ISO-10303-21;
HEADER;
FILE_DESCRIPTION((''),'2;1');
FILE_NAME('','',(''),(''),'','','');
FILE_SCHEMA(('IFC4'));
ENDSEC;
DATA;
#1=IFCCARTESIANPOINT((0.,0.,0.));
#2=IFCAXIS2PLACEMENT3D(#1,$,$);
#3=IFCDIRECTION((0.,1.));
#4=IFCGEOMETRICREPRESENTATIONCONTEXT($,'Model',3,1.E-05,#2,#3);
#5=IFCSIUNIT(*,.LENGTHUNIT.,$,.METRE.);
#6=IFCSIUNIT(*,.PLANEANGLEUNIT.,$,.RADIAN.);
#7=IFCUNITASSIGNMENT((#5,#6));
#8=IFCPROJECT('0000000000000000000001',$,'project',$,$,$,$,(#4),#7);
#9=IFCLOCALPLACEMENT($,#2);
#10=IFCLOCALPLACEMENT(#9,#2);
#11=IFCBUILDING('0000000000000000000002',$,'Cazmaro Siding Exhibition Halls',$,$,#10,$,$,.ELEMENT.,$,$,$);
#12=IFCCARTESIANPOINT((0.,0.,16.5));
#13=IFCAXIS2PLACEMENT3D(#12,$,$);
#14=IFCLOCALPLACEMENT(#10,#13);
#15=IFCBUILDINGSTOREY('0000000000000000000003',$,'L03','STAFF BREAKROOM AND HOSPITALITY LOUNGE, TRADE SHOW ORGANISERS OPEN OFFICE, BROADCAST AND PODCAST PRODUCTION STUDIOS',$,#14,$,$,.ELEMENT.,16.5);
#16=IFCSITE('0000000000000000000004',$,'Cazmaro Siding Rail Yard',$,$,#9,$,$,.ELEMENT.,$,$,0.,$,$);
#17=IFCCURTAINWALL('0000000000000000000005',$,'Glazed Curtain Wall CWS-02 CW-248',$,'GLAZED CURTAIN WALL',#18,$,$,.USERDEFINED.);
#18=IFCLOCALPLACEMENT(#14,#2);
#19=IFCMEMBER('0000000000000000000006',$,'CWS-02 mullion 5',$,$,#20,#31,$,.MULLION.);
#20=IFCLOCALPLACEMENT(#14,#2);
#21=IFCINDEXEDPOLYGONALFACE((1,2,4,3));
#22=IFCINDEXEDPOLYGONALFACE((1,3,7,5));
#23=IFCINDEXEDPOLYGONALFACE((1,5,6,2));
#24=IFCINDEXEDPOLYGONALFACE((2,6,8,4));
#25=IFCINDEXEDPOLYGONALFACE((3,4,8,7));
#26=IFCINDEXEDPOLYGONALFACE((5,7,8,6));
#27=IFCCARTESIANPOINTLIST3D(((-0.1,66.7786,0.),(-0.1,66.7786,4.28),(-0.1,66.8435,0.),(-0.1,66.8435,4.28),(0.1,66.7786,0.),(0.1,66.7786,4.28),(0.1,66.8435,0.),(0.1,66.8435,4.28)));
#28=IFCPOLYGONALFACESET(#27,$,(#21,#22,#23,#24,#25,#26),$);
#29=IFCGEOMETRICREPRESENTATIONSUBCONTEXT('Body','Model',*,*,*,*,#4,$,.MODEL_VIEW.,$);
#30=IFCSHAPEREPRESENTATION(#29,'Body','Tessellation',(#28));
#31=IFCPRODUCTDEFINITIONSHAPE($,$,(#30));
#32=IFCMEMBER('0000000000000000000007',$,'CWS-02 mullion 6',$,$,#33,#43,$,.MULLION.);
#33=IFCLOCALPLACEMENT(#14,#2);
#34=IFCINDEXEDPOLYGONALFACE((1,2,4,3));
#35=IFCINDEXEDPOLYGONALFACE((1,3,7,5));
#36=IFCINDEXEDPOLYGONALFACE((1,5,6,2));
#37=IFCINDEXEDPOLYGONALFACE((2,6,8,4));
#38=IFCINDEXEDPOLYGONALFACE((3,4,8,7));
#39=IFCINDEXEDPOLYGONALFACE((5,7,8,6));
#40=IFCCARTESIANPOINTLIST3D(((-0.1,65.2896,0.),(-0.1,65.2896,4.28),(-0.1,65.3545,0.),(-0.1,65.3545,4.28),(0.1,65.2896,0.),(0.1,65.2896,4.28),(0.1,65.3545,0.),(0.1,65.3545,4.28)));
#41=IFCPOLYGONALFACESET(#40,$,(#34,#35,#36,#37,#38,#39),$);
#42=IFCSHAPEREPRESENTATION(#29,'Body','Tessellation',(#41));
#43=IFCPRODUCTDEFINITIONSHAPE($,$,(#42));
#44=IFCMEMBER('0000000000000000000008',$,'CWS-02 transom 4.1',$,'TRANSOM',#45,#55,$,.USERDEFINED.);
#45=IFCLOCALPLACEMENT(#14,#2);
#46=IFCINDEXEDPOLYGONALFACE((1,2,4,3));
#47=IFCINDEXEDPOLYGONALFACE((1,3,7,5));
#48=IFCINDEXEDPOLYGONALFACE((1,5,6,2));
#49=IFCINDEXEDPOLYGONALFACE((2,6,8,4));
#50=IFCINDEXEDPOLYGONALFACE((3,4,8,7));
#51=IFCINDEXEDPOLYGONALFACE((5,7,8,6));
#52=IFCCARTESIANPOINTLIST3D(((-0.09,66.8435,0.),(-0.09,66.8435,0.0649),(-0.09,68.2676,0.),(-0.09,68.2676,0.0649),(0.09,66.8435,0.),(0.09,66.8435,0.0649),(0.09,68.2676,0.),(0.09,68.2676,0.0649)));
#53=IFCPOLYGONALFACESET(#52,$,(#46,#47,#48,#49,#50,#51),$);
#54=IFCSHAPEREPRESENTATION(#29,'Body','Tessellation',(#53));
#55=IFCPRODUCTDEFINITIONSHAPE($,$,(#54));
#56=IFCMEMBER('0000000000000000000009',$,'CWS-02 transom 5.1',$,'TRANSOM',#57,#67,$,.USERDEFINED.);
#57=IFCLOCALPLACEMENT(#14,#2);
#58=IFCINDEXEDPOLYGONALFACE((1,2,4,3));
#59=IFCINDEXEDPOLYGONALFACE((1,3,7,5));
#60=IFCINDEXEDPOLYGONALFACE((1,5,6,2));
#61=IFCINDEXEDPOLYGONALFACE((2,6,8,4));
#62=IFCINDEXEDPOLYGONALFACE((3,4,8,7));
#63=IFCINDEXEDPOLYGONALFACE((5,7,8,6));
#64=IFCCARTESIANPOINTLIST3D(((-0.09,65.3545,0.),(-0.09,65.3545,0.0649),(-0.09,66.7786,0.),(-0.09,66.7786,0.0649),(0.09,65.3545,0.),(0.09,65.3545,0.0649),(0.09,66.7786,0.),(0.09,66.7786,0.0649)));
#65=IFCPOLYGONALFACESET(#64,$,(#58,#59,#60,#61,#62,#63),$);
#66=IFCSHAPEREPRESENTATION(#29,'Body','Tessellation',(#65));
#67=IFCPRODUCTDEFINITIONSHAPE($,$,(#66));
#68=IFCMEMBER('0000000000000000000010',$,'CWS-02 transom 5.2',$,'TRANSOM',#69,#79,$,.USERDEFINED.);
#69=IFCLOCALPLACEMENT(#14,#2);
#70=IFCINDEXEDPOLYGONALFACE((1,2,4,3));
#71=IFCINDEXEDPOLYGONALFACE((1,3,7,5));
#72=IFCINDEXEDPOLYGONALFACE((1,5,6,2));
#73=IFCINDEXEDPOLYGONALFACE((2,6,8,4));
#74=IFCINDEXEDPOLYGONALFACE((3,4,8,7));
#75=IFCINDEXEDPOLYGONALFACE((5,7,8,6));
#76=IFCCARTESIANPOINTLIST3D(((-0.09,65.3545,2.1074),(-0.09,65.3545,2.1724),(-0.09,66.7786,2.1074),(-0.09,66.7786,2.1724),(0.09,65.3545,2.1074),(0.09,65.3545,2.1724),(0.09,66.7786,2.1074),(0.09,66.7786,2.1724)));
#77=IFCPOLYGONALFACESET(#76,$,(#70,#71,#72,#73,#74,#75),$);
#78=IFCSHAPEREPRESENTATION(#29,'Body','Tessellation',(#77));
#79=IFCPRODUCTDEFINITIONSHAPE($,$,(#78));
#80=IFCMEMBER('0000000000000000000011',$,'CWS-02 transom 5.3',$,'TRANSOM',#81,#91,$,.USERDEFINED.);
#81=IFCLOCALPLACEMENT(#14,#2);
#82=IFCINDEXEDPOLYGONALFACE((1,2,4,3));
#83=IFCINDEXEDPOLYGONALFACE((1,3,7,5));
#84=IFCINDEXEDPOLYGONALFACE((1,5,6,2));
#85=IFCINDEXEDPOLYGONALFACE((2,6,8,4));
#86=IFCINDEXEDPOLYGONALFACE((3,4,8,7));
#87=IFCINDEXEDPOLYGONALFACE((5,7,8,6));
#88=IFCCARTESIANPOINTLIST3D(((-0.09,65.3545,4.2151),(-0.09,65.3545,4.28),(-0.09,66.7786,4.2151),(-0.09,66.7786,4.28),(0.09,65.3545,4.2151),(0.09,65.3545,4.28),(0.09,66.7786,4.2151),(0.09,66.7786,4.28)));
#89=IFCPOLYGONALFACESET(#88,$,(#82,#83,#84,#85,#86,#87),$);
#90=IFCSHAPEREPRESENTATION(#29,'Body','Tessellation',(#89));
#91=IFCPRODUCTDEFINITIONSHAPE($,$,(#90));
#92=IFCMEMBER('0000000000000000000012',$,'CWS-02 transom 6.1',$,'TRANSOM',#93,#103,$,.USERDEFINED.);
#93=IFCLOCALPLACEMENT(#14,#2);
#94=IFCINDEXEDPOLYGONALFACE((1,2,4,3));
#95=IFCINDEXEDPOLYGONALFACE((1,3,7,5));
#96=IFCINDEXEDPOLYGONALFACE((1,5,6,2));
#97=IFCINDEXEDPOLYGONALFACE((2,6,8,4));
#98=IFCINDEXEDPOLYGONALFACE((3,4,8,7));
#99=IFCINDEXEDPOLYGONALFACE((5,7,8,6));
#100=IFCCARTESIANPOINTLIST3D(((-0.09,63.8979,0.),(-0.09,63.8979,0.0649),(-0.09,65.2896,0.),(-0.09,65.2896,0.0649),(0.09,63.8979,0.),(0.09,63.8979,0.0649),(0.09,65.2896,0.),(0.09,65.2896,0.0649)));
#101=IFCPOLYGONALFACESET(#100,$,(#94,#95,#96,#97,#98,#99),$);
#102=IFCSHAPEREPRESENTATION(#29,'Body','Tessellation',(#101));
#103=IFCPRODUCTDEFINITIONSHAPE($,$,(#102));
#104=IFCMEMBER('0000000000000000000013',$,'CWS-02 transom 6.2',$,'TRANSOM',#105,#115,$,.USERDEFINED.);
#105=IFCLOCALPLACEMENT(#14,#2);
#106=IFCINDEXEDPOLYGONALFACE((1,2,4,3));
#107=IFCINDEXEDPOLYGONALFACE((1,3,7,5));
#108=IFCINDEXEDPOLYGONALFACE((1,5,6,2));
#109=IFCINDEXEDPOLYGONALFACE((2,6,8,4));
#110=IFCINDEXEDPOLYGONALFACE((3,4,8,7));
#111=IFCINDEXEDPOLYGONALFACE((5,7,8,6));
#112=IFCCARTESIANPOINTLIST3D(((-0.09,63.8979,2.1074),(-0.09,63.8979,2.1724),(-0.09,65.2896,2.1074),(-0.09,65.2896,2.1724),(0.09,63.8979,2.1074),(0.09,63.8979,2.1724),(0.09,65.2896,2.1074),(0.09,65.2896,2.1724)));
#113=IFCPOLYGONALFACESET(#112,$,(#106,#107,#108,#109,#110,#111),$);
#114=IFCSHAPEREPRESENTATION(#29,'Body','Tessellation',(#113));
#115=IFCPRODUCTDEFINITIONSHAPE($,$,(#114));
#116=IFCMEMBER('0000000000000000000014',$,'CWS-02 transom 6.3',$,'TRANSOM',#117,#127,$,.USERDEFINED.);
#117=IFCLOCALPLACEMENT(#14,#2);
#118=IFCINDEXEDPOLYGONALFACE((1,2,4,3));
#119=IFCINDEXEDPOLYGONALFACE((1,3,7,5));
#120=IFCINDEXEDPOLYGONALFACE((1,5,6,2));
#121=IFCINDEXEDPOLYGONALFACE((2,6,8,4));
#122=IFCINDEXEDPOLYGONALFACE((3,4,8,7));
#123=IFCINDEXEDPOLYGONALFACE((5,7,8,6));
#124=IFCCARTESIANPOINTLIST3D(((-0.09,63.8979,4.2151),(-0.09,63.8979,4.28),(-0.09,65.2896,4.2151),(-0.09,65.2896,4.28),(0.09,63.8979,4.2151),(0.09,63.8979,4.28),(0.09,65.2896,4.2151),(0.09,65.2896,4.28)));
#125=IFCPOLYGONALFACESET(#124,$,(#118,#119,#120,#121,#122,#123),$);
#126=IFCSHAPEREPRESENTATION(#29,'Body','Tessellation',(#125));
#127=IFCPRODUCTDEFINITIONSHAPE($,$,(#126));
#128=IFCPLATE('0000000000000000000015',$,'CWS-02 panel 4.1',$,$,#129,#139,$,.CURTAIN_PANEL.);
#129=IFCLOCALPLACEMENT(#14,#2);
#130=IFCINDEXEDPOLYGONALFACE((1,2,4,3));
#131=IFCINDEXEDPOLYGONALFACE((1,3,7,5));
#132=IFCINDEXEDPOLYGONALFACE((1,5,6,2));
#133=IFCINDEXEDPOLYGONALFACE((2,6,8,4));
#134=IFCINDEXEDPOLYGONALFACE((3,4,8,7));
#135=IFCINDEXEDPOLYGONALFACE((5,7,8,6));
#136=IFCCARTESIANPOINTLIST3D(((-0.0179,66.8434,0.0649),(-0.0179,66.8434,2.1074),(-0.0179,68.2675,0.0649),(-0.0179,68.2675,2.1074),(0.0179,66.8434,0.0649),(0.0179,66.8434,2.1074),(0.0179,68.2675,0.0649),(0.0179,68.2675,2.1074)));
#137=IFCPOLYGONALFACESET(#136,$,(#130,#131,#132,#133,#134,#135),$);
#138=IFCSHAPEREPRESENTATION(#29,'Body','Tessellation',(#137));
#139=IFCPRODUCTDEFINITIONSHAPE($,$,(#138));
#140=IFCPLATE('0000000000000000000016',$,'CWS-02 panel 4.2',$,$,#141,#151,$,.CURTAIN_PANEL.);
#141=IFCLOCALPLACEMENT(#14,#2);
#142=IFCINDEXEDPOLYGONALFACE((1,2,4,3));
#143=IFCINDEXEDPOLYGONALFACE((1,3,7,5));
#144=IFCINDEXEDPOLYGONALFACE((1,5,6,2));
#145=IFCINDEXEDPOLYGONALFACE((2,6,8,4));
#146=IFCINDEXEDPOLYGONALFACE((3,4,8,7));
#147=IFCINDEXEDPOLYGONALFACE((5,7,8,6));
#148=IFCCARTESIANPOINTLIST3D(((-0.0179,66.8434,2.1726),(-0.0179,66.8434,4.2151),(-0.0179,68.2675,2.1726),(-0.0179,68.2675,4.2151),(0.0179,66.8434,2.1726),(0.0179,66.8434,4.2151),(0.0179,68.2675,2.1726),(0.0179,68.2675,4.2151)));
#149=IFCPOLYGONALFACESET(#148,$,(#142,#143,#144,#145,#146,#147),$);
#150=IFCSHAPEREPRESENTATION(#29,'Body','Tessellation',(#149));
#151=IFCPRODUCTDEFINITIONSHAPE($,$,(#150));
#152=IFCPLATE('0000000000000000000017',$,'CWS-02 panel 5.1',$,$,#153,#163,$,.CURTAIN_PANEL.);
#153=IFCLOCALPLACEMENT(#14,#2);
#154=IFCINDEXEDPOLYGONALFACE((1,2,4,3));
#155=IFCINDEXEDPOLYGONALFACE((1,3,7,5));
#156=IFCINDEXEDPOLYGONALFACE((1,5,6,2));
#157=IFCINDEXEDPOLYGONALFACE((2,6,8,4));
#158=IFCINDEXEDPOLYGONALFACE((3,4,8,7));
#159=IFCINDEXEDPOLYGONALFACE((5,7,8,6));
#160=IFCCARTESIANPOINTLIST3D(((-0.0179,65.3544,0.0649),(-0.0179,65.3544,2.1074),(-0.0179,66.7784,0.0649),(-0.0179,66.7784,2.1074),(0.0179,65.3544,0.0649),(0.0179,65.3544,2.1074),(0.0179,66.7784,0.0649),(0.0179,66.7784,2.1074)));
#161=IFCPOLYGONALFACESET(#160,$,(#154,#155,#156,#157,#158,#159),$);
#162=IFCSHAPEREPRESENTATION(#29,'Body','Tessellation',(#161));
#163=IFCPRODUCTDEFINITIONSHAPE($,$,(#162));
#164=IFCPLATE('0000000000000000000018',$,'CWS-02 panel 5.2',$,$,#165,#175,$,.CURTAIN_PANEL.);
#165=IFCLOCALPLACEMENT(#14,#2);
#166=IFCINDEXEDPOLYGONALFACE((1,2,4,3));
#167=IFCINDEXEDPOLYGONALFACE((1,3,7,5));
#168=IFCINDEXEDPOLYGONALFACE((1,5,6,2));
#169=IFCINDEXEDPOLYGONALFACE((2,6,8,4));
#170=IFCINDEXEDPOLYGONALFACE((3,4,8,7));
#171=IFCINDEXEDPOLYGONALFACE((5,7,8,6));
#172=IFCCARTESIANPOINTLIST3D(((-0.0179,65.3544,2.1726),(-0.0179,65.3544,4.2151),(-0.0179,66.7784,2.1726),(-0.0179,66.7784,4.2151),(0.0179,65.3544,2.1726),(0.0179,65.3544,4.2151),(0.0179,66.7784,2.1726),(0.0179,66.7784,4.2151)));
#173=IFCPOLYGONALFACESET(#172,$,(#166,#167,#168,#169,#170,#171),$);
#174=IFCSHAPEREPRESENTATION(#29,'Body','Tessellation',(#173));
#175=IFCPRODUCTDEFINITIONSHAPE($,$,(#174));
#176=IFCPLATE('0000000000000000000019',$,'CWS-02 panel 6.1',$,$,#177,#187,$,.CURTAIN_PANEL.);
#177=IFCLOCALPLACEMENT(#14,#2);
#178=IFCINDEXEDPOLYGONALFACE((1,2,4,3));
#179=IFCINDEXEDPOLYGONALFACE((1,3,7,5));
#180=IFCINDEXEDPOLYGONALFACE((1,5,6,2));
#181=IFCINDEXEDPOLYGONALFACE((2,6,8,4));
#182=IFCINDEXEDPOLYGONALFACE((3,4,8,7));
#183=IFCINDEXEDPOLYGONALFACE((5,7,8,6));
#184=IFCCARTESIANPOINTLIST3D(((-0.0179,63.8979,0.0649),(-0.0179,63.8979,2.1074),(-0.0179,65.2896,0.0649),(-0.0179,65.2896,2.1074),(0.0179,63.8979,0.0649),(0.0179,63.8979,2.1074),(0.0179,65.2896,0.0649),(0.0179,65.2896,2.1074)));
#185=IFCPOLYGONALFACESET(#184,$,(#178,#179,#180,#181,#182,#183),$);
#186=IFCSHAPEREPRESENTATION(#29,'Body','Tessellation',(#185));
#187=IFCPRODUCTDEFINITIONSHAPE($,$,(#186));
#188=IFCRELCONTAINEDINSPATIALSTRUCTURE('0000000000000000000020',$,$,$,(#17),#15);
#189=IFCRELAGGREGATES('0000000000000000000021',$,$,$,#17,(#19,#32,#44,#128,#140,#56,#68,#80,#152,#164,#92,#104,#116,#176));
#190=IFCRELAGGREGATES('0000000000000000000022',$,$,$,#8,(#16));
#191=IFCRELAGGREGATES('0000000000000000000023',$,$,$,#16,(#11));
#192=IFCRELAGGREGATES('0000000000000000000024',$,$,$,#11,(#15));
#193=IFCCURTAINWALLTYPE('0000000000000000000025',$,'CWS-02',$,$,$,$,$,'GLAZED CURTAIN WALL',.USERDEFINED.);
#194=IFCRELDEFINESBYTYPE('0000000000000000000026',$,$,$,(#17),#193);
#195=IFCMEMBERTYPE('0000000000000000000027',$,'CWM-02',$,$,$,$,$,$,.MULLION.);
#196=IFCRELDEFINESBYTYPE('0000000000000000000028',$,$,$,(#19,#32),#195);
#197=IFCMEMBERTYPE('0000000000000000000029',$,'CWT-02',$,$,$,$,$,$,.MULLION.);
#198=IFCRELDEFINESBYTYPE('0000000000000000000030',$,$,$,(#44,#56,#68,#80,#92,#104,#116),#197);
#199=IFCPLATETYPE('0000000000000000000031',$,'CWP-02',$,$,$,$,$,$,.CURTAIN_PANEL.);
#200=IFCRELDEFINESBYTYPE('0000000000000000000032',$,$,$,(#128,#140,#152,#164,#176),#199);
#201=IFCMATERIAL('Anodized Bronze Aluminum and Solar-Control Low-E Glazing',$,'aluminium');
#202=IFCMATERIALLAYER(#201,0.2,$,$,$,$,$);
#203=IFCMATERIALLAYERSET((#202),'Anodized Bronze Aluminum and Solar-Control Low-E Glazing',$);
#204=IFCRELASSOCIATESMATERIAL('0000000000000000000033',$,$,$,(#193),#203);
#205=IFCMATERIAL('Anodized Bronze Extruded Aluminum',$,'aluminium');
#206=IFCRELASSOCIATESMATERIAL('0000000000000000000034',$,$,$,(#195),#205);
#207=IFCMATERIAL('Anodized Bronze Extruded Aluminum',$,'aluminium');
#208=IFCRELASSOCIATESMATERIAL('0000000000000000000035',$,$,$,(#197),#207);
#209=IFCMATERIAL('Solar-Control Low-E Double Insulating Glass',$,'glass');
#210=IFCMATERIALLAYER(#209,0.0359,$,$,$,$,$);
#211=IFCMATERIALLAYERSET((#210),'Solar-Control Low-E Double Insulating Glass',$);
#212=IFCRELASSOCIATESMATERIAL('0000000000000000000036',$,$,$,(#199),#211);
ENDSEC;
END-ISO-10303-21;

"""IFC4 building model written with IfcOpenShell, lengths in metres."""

from ifc_helpers import new_model, si_unit, direction, frame, origin, origin_2d, place, context, subcontext, project, spatial, rectangle, extrude, material, layer, layer_set, material_profile, profile_set, type_object, element, aggregate, save


model = new_model("IFC4")

# Units and contexts
model_context = context("Model", 3, precision=1e-05, world=origin(), true_north=direction((0.0, 1.0)))
body_context = subcontext(model_context, "Body", "Model", "MODEL_VIEW")
ifc_project = project(units=[si_unit("LENGTHUNIT", "METRE"), si_unit("PLANEANGLEUNIT", "RADIAN")], contexts=[model_context])

# Site, building, storey
site_placement = place(None, origin())
site = spatial("IfcSite", under=ifc_project, at=site_placement, Name="Cazmaro Siding Rail Yard", CompositionType="ELEMENT", RefElevation=0.0)
building_placement = place(site_placement, origin())
building = spatial("IfcBuilding", under=site, at=building_placement, Name="Cazmaro Siding Exhibition Halls", CompositionType="ELEMENT")
storey_placement = place(building_placement, frame((0.0, 0.0, 16.5)))
storey = spatial("IfcBuildingStorey", under=building, at=storey_placement, Name="L03", Description="STAFF BREAKROOM AND HOSPITALITY LOUNGE, TRADE SHOW ORGANISERS OPEN OFFICE, BROADCAST AND PODCAST PRODUCTION STUDIOS", CompositionType="ELEMENT", Elevation=16.5)

# Curtain wall, members, plates
ifc_material_1 = material(Name="Anodized Bronze Aluminum and Solar-Control Low-E Glazing", Category="aluminium")
ifc_layer_1 = layer(ifc_material_1, 0.2)
ifc_layer_set_1 = layer_set([ifc_layer_1], Name="Anodized Bronze Aluminum and Solar-Control Low-E Glazing")
curtain_wall_type = type_object("IfcCurtainWallType", Name="CWS-02", ElementType="GLAZED CURTAIN WALL", PredefinedType="USERDEFINED", material=ifc_layer_set_1)
curtain_wall_placement = place(storey_placement, origin())
curtain_wall = element("IfcCurtainWall", 1, at=curtain_wall_placement, inside=storey, type_object=curtain_wall_type, Name="Glazed Curtain Wall CWS-02 CW-248", ObjectType="GLAZED CURTAIN WALL", PredefinedType="USERDEFINED")
ifc_material_2 = material(Name="Anodized Bronze Extruded Aluminum", Category="aluminium")
ifc_material_profile_1 = material_profile(ifc_material_2, rectangle(XDim=0.2, YDim=0.0649, at=origin_2d()), Name="CWM-02")
ifc_profile_set_1 = profile_set([ifc_material_profile_1], Name="Anodized Bronze Extruded Aluminum")
member_type_1 = type_object("IfcMemberType", Name="CWM-02", PredefinedType="MULLION", material=ifc_profile_set_1)
member_1_placement = place(storey_placement, frame((0.0, 66.811, 0.0), z_axis=(0.0, 0.0, 1.0), x_axis=(1.0, 0.0, 0.0)))
member_1 = element("IfcMember", 2, at=member_1_placement, type_object=member_type_1, Name="CWS-02 mullion 5", PredefinedType="MULLION", context=body_context, shape_type="SweptSolid", body=[
    extrude(rectangle(XDim=0.2, YDim=0.0649, at=origin_2d()), origin(), (0.0, 0.0, 1.0), 4.28),
])
member_2_placement = place(storey_placement, frame((0.0, 65.322, 0.0), z_axis=(0.0, 0.0, 1.0), x_axis=(1.0, 0.0, 0.0)))
member_2 = element("IfcMember", 3, at=member_2_placement, type_object=member_type_1, Name="CWS-02 mullion 6", PredefinedType="MULLION", context=body_context, shape_type="SweptSolid", body=[
    extrude(rectangle(XDim=0.2, YDim=0.0649, at=origin_2d()), origin(), (0.0, 0.0, 1.0), 4.28),
])
ifc_material_3 = material(Name="Anodized Bronze Extruded Aluminum", Category="aluminium")
ifc_material_profile_2 = material_profile(ifc_material_3, rectangle(XDim=0.1799, YDim=0.0649, at=origin_2d()), Name="CWT-02")
ifc_profile_set_2 = profile_set([ifc_material_profile_2], Name="Anodized Bronze Extruded Aluminum")
member_type_2 = type_object("IfcMemberType", Name="CWT-02", PredefinedType="MULLION", material=ifc_profile_set_2)
member_3_placement = place(storey_placement, frame((0.0, 68.2676, 0.0325), z_axis=(0.0, -1.0, 0.0), x_axis=(1.0, 0.0, 0.0)))
member_3 = element("IfcMember", 4, at=member_3_placement, type_object=member_type_2, Name="CWS-02 transom 4.1", ObjectType="TRANSOM", PredefinedType="USERDEFINED", context=body_context, shape_type="SweptSolid", body=[
    extrude(rectangle(XDim=0.1799, YDim=0.0649, at=origin_2d()), origin(), (0.0, 0.0, 1.0), 1.4241),
])
member_4_placement = place(storey_placement, frame((0.0, 66.7786, 0.0325), z_axis=(0.0, -1.0, 0.0), x_axis=(1.0, 0.0, 0.0)))
member_4 = element("IfcMember", 5, at=member_4_placement, type_object=member_type_2, Name="CWS-02 transom 5.1", ObjectType="TRANSOM", PredefinedType="USERDEFINED", context=body_context, shape_type="SweptSolid", body=[
    extrude(rectangle(XDim=0.1799, YDim=0.0649, at=origin_2d()), origin(), (0.0, 0.0, 1.0), 1.4241),
])
member_5_placement = place(storey_placement, frame((0.0, 66.7786, 2.1399), z_axis=(0.0, -1.0, 0.0), x_axis=(1.0, 0.0, 0.0)))
member_5 = element("IfcMember", 6, at=member_5_placement, type_object=member_type_2, Name="CWS-02 transom 5.2", ObjectType="TRANSOM", PredefinedType="USERDEFINED", context=body_context, shape_type="SweptSolid", body=[
    extrude(rectangle(XDim=0.1799, YDim=0.0649, at=origin_2d()), origin(), (0.0, 0.0, 1.0), 1.4241),
])
member_6_placement = place(storey_placement, frame((0.0, 66.7786, 4.2476), z_axis=(0.0, -1.0, 0.0), x_axis=(1.0, 0.0, 0.0)))
member_6 = element("IfcMember", 7, at=member_6_placement, type_object=member_type_2, Name="CWS-02 transom 5.3", ObjectType="TRANSOM", PredefinedType="USERDEFINED", context=body_context, shape_type="SweptSolid", body=[
    extrude(rectangle(XDim=0.1799, YDim=0.0649, at=origin_2d()), origin(), (0.0, 0.0, 1.0), 1.4241),
])
member_7_placement = place(storey_placement, frame((0.0, 65.2896, 0.0325), z_axis=(0.0, -1.0, 0.0), x_axis=(1.0, 0.0, 0.0)))
member_7 = element("IfcMember", 8, at=member_7_placement, type_object=member_type_2, Name="CWS-02 transom 6.1", ObjectType="TRANSOM", PredefinedType="USERDEFINED", context=body_context, shape_type="SweptSolid", body=[
    extrude(rectangle(XDim=0.1799, YDim=0.0649, at=origin_2d()), origin(), (0.0, 0.0, 1.0), 1.3916),
])
member_8_placement = place(storey_placement, frame((0.0, 65.2896, 2.1399), z_axis=(0.0, -1.0, 0.0), x_axis=(1.0, 0.0, 0.0)))
member_8 = element("IfcMember", 9, at=member_8_placement, type_object=member_type_2, Name="CWS-02 transom 6.2", ObjectType="TRANSOM", PredefinedType="USERDEFINED", context=body_context, shape_type="SweptSolid", body=[
    extrude(rectangle(XDim=0.1799, YDim=0.0649, at=origin_2d()), origin(), (0.0, 0.0, 1.0), 1.3916),
])
member_9_placement = place(storey_placement, frame((0.0, 65.2896, 4.2476), z_axis=(0.0, -1.0, 0.0), x_axis=(1.0, 0.0, 0.0)))
member_9 = element("IfcMember", 10, at=member_9_placement, type_object=member_type_2, Name="CWS-02 transom 6.3", ObjectType="TRANSOM", PredefinedType="USERDEFINED", context=body_context, shape_type="SweptSolid", body=[
    extrude(rectangle(XDim=0.1799, YDim=0.0649, at=origin_2d()), origin(), (0.0, 0.0, 1.0), 1.3916),
])
ifc_material_4 = material(Name="Solar-Control Low-E Double Insulating Glass", Category="glass")
ifc_layer_2 = layer(ifc_material_4, 0.0359)
ifc_layer_set_2 = layer_set([ifc_layer_2], Name="Solar-Control Low-E Double Insulating Glass")
plate_type = type_object("IfcPlateType", Name="CWP-02", PredefinedType="CURTAIN_PANEL", material=ifc_layer_set_2)
plate_1_placement = place(storey_placement, frame((0.0, 67.5554, 0.0649), z_axis=(0.0, 0.0, 1.0), x_axis=(0.0, -1.0, 0.0)))
plate_1 = element("IfcPlate", 11, at=plate_1_placement, type_object=plate_type, Name="CWS-02 panel 4.1", PredefinedType="CURTAIN_PANEL", context=body_context, shape_type="SweptSolid", body=[
    extrude(rectangle(XDim=1.4241, YDim=0.0359, at=origin_2d()), origin(), (0.0, 0.0, 1.0), 2.0425),
])
plate_2_placement = place(storey_placement, frame((0.0, 67.5554, 2.1726), z_axis=(0.0, 0.0, 1.0), x_axis=(0.0, -1.0, 0.0)))
plate_2 = element("IfcPlate", 12, at=plate_2_placement, type_object=plate_type, Name="CWS-02 panel 4.2", PredefinedType="CURTAIN_PANEL", context=body_context, shape_type="SweptSolid", body=[
    extrude(rectangle(XDim=1.4241, YDim=0.0359, at=origin_2d()), origin(), (0.0, 0.0, 1.0), 2.0425),
])
plate_3_placement = place(storey_placement, frame((0.0, 66.0664, 0.0649), z_axis=(0.0, 0.0, 1.0), x_axis=(0.0, -1.0, 0.0)))
plate_3 = element("IfcPlate", 13, at=plate_3_placement, type_object=plate_type, Name="CWS-02 panel 5.1", PredefinedType="CURTAIN_PANEL", context=body_context, shape_type="SweptSolid", body=[
    extrude(rectangle(XDim=1.4241, YDim=0.0359, at=origin_2d()), origin(), (0.0, 0.0, 1.0), 2.0425),
])
plate_4_placement = place(storey_placement, frame((0.0, 66.0664, 2.1726), z_axis=(0.0, 0.0, 1.0), x_axis=(0.0, -1.0, 0.0)))
plate_4 = element("IfcPlate", 14, at=plate_4_placement, type_object=plate_type, Name="CWS-02 panel 5.2", PredefinedType="CURTAIN_PANEL", context=body_context, shape_type="SweptSolid", body=[
    extrude(rectangle(XDim=1.4241, YDim=0.0359, at=origin_2d()), origin(), (0.0, 0.0, 1.0), 2.0425),
])
plate_5_placement = place(storey_placement, frame((0.0, 64.5938, 0.0649), z_axis=(0.0, 0.0, 1.0), x_axis=(0.0, -1.0, 0.0)))
plate_5 = element("IfcPlate", 15, at=plate_5_placement, type_object=plate_type, Name="CWS-02 panel 6.1", PredefinedType="CURTAIN_PANEL", context=body_context, shape_type="SweptSolid", body=[
    extrude(rectangle(XDim=1.3916, YDim=0.0359, at=origin_2d()), origin(), (0.0, 0.0, 1.0), 2.0425),
])
aggregate(curtain_wall, [member_1, member_2, member_3, plate_1, plate_2, member_4, member_5, member_6, plate_3, plate_4, member_7, member_8, member_9, plate_5])

save(model, "model.ifc")
